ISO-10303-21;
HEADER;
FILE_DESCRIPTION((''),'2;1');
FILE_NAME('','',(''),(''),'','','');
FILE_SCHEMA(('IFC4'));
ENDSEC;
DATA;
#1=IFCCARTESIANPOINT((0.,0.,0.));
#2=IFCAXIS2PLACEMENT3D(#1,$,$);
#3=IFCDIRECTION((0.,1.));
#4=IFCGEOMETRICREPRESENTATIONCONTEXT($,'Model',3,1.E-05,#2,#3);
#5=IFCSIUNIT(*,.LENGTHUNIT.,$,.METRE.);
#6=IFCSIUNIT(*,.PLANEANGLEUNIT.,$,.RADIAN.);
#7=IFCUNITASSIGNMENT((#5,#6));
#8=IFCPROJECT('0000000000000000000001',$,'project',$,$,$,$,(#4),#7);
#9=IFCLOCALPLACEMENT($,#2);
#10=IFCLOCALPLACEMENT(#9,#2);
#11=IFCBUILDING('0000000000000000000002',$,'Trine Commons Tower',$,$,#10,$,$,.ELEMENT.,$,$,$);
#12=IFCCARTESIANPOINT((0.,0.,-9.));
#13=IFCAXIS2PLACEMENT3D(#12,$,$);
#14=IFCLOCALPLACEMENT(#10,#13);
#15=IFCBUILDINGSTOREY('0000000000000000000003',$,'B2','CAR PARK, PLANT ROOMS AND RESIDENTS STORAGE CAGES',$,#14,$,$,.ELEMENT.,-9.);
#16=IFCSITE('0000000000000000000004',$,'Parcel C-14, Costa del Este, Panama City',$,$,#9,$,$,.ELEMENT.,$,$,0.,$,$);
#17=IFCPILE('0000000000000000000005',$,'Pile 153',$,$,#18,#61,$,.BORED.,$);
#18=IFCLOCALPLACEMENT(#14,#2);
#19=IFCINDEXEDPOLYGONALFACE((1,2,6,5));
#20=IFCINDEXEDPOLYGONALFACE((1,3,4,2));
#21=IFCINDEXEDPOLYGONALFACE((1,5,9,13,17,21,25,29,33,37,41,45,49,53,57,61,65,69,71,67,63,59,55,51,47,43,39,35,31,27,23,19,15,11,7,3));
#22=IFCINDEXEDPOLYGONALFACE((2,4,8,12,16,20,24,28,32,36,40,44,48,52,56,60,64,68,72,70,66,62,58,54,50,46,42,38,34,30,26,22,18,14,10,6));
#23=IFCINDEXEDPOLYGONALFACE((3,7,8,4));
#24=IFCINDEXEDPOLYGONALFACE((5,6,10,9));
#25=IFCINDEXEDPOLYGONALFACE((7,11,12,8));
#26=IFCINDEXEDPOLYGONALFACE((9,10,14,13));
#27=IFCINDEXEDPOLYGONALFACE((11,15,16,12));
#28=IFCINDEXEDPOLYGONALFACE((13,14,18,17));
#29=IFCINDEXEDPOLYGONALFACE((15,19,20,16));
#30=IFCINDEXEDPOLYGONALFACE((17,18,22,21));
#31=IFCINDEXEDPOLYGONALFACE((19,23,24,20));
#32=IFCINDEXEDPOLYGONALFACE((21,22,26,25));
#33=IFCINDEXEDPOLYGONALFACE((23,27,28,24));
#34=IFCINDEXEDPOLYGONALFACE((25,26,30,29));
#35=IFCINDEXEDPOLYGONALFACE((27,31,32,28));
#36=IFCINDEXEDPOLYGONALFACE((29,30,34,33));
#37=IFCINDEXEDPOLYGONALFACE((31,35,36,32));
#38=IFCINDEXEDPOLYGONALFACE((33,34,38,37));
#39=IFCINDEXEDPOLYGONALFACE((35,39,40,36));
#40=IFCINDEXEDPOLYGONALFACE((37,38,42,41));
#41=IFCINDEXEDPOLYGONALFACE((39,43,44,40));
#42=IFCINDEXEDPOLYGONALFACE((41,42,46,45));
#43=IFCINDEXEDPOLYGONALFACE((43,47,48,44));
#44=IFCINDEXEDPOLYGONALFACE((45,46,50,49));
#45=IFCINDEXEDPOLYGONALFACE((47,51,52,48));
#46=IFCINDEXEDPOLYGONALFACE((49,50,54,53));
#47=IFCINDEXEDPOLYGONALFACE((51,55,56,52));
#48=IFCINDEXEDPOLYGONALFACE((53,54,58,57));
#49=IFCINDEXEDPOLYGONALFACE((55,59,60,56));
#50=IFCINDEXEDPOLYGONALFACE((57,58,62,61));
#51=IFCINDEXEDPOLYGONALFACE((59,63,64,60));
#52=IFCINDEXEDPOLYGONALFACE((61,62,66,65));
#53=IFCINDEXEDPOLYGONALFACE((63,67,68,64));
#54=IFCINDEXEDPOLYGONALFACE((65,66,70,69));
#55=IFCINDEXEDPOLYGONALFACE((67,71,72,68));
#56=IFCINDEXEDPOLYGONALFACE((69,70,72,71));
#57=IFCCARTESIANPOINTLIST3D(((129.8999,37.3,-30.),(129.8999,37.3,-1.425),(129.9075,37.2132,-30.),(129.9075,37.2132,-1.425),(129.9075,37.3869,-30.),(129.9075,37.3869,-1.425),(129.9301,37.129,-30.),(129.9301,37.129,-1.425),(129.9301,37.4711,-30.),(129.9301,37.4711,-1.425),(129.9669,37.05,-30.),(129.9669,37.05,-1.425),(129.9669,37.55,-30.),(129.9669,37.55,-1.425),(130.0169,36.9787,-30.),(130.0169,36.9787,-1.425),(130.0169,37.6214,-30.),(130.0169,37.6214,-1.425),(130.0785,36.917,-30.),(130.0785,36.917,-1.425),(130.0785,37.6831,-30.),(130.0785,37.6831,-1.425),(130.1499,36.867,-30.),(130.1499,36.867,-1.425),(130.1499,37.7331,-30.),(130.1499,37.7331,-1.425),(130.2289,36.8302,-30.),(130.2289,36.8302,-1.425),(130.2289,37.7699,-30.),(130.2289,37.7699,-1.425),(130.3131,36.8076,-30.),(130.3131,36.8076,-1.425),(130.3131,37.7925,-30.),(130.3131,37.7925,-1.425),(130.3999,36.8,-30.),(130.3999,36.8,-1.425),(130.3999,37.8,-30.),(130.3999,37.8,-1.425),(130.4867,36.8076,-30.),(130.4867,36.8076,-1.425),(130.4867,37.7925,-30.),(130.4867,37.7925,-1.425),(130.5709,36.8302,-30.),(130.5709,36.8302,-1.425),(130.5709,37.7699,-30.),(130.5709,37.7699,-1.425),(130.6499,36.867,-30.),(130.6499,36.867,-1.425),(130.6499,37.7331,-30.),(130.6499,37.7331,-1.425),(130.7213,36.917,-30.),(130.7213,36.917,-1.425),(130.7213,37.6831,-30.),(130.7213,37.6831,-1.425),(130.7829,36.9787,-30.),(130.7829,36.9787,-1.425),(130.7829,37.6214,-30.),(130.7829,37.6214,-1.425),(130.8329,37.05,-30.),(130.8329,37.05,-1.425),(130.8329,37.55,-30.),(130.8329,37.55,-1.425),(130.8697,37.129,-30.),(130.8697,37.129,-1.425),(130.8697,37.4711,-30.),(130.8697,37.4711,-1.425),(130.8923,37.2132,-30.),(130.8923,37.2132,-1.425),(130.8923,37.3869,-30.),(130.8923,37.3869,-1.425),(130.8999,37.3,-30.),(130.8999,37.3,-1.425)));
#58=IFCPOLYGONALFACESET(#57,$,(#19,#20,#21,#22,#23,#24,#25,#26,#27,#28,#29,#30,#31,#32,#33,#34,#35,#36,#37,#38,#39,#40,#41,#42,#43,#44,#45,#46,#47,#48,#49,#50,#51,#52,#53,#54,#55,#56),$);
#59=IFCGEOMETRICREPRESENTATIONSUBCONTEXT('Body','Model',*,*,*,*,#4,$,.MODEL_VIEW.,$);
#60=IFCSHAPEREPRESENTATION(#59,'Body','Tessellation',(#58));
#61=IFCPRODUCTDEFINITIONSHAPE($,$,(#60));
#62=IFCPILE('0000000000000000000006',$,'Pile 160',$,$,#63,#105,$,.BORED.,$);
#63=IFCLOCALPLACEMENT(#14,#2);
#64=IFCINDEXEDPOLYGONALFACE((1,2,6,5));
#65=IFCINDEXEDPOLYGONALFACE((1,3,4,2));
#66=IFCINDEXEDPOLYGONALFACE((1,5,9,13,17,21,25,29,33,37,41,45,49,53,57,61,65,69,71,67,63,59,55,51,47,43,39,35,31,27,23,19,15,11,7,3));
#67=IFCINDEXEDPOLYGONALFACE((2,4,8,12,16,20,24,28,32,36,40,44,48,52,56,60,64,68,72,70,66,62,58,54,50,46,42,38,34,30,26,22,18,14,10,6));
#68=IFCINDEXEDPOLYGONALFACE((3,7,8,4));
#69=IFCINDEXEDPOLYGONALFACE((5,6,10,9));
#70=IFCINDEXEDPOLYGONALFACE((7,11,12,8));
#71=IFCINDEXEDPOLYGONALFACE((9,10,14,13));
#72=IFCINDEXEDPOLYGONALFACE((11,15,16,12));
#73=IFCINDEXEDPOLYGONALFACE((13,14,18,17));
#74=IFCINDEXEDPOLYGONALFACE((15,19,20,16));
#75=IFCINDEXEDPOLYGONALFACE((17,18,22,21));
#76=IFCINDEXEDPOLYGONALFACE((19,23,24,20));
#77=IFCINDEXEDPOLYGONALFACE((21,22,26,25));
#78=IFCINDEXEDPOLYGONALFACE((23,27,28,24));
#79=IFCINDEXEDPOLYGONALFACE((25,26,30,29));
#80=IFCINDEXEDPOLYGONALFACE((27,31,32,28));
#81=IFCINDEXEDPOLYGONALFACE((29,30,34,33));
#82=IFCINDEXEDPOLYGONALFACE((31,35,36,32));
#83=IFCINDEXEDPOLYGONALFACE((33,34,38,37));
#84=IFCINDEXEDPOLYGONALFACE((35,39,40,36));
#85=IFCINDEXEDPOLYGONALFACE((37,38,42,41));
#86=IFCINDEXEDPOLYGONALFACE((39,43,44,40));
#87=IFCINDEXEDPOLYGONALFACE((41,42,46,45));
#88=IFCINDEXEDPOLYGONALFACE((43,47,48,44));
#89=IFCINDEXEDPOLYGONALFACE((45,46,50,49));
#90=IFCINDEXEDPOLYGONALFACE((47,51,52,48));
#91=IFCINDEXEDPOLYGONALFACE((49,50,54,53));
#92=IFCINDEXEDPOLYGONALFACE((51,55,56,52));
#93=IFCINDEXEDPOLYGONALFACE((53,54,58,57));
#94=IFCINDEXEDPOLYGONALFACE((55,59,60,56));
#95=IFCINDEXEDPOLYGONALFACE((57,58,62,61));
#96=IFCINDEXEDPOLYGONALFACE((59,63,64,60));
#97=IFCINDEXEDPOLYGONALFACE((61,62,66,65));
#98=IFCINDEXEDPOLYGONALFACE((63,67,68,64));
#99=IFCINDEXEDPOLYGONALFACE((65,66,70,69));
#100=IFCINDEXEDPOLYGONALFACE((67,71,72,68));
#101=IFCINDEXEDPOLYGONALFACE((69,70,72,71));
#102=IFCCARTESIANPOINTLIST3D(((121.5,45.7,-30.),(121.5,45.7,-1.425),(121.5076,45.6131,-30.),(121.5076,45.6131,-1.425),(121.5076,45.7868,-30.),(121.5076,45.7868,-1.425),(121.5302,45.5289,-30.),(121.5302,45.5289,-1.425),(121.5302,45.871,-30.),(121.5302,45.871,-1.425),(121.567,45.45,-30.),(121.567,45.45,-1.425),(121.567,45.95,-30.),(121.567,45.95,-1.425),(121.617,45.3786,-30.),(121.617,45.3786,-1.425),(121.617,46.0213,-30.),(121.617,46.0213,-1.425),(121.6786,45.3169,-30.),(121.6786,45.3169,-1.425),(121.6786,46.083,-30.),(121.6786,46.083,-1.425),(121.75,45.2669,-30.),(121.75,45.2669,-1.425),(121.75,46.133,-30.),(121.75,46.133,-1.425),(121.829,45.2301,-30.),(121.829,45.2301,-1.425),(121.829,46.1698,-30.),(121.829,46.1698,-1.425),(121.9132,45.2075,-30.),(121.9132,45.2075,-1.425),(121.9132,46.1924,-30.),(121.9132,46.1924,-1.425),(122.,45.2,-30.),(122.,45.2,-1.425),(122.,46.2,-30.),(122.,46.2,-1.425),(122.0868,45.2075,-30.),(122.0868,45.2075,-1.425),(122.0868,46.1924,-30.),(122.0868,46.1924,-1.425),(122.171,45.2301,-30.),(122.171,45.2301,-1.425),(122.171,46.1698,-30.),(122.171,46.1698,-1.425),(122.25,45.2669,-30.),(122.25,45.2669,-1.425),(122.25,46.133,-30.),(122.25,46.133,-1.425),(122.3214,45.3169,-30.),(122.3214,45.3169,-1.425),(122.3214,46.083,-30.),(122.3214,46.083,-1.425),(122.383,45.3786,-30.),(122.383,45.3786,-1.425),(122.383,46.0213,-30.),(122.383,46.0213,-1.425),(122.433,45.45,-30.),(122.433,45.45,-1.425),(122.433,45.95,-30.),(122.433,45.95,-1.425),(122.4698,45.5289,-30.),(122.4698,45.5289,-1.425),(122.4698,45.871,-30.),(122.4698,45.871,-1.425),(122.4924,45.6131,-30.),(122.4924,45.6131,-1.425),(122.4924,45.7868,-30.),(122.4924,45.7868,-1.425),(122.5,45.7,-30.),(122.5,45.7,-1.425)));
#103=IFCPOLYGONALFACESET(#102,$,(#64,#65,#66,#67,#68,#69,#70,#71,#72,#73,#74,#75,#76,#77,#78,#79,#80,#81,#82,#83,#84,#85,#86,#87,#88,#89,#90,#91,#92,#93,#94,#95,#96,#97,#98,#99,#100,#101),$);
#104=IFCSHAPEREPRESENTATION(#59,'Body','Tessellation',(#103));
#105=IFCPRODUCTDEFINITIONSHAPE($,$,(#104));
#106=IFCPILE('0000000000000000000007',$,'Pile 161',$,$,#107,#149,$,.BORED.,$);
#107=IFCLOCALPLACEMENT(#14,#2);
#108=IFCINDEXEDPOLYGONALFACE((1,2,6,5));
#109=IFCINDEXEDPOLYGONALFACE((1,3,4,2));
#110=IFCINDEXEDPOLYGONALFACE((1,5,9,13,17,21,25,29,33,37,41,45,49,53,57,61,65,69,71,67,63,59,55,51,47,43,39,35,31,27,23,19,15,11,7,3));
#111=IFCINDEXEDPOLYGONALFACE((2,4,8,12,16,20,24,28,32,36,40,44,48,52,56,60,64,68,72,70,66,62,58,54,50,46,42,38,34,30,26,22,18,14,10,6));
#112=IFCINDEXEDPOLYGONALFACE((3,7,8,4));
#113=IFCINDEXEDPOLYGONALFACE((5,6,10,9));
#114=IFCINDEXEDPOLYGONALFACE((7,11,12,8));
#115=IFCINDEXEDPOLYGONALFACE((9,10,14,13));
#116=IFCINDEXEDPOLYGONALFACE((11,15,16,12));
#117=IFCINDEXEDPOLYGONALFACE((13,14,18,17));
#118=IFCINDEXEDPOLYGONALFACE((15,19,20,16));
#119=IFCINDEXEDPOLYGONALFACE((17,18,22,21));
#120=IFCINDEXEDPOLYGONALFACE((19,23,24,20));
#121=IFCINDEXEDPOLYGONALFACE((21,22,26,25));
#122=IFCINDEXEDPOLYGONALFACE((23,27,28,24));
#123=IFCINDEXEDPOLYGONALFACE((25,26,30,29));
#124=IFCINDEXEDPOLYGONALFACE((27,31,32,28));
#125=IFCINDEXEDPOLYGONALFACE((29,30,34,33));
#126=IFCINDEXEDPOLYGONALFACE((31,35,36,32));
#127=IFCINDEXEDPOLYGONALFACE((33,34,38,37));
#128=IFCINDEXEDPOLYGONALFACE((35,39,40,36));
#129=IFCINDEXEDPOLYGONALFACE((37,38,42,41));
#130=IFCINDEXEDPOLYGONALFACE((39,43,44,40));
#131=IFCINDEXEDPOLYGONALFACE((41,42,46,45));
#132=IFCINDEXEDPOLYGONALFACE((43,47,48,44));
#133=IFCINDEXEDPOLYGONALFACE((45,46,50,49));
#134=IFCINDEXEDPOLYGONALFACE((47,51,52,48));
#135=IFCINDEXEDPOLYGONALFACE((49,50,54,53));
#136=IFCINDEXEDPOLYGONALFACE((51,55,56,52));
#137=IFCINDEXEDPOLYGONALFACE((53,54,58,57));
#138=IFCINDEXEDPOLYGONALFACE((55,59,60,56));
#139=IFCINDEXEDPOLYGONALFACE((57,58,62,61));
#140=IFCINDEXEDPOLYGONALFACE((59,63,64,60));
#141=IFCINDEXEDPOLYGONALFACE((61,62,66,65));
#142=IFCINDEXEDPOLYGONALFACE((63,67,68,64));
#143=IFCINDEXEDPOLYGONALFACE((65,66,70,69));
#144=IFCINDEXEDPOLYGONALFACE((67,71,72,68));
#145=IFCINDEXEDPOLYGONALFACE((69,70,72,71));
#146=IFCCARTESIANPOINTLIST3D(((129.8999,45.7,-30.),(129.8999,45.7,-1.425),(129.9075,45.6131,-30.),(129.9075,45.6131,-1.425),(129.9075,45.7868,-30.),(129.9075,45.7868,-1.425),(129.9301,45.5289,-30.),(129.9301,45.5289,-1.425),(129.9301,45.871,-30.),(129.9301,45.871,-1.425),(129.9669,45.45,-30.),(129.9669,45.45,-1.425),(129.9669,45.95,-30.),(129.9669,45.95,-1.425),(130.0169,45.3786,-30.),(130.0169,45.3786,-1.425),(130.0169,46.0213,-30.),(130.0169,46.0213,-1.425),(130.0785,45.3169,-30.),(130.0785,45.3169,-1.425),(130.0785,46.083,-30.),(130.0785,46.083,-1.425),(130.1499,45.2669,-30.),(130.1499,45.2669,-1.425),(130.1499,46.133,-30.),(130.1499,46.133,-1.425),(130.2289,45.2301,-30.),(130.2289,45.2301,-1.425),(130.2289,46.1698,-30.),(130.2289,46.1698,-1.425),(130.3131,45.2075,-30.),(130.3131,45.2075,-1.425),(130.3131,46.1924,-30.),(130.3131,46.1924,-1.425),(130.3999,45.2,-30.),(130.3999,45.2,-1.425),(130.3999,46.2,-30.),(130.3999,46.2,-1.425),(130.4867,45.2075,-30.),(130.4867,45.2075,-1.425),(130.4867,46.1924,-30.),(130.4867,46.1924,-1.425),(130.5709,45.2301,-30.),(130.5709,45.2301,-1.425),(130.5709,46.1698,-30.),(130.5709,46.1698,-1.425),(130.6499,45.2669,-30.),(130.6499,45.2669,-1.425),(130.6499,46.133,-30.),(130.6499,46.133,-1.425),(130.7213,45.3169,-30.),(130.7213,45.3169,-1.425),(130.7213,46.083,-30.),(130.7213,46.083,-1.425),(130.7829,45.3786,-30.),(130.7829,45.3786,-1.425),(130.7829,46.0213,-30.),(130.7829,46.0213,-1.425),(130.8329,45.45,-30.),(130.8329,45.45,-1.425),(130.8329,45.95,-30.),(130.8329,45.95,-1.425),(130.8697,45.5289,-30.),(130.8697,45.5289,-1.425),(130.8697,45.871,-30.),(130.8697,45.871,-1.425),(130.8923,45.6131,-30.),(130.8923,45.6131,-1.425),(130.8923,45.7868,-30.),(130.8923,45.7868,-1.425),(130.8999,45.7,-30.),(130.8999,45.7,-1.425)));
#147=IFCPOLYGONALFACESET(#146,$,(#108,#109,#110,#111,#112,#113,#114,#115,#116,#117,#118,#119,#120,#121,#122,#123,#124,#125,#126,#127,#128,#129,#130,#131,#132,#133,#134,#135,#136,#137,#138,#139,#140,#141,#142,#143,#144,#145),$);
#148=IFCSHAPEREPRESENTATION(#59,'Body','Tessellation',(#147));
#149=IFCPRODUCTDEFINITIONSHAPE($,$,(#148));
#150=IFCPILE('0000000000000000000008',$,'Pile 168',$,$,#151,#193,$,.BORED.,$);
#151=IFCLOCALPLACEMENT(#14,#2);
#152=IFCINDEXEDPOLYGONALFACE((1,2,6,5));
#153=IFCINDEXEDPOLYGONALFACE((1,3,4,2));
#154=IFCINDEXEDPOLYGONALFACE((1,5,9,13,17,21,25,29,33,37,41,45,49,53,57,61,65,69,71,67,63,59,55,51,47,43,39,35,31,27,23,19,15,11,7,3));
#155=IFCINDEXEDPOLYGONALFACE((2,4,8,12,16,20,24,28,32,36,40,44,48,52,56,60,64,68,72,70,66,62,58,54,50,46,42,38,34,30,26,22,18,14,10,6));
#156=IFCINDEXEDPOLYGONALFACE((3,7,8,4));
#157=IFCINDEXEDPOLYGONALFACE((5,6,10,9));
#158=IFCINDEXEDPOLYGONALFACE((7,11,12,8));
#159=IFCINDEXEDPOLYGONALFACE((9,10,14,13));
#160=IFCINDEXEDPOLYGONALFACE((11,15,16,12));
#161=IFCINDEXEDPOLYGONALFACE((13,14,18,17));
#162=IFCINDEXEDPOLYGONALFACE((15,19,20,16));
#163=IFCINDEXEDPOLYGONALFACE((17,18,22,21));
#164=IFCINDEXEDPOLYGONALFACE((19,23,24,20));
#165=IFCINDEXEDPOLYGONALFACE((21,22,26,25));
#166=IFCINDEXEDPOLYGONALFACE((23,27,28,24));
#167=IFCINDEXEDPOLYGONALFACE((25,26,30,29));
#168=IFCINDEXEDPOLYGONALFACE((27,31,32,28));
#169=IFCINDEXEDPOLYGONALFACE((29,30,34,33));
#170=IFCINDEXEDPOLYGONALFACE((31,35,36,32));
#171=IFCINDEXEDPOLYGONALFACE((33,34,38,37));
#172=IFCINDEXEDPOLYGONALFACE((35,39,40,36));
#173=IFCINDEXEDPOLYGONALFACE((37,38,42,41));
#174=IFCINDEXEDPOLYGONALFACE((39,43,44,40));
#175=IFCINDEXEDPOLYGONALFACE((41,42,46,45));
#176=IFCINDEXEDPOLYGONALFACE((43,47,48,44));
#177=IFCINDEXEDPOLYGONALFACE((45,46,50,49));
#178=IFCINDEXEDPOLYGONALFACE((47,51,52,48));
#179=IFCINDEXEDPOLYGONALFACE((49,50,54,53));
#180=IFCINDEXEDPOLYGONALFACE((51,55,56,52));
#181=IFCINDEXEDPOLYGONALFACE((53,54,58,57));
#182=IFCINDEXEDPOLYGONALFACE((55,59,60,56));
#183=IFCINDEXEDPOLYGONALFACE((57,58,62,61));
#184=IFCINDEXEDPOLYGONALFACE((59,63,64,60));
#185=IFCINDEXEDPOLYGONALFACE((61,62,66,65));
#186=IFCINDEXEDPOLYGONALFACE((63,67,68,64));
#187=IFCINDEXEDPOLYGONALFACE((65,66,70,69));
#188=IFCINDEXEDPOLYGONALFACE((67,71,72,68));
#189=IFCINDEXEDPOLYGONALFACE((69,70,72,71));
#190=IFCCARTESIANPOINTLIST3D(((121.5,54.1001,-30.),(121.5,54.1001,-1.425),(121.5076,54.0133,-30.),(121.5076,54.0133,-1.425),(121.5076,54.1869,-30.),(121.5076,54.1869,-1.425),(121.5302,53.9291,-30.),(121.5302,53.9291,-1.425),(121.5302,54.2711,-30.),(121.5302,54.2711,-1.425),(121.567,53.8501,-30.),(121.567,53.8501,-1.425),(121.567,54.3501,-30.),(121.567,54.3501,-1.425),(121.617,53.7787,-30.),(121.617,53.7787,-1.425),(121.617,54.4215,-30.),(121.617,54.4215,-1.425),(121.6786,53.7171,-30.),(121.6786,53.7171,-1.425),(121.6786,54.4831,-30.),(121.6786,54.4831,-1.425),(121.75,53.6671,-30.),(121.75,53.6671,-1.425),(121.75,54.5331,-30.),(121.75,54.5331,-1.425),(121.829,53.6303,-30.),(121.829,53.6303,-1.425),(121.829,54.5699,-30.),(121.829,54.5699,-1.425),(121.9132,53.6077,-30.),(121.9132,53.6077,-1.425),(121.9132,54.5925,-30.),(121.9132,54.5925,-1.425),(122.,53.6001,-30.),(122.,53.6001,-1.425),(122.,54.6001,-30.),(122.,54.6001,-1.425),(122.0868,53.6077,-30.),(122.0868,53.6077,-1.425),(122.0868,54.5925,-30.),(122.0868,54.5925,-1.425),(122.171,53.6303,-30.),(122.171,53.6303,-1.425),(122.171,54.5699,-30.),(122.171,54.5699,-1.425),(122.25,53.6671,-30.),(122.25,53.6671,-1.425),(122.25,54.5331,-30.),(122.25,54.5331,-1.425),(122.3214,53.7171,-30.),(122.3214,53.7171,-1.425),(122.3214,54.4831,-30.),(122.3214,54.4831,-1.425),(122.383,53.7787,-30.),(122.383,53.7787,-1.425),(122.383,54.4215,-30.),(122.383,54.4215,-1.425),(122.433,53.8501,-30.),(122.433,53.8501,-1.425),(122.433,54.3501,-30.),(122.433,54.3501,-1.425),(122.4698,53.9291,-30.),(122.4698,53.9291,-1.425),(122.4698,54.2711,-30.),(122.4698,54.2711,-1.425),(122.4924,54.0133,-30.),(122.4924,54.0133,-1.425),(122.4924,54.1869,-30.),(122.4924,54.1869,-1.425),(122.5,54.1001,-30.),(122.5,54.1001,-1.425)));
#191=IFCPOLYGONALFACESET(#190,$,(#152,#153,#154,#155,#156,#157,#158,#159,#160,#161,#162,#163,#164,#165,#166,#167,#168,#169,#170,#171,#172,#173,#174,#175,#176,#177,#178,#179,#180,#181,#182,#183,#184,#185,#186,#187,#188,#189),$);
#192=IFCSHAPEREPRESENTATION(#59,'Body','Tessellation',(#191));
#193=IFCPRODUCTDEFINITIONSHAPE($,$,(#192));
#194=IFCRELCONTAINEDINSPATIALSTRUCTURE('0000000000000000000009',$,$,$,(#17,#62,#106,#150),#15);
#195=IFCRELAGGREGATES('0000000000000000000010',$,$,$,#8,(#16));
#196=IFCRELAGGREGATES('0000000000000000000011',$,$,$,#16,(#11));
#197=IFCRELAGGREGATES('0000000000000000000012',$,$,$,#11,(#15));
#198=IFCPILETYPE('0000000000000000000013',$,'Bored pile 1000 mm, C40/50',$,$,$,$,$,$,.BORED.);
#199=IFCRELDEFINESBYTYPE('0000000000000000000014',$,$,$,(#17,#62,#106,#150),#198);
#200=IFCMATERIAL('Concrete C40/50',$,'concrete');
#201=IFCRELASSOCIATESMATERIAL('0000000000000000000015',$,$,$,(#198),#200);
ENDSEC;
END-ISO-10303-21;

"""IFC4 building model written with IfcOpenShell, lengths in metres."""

from ifc_helpers import new_model, si_unit, direction, frame, origin, origin_2d, place, context, subcontext, project, spatial, circle, extrude, material, type_object, element, save


model = new_model("IFC4")

# Units and contexts
model_context = context("Model", 3, precision=1e-05, world=origin(), true_north=direction((0.0, 1.0)))
body_context = subcontext(model_context, "Body", "Model", "MODEL_VIEW")
ifc_project = project(units=[si_unit("LENGTHUNIT", "METRE"), si_unit("PLANEANGLEUNIT", "RADIAN")], contexts=[model_context])

# Site, building, storey
site_placement = place(None, origin())
site = spatial("IfcSite", under=ifc_project, at=site_placement, Name="Parcel C-14, Costa del Este, Panama City", CompositionType="ELEMENT", RefElevation=0.0)
building_placement = place(site_placement, origin())
building = spatial("IfcBuilding", under=site, at=building_placement, Name="Trine Commons Tower", CompositionType="ELEMENT")
storey_placement = place(building_placement, frame((0.0, 0.0, -9.0)))
storey = spatial("IfcBuildingStorey", under=building, at=storey_placement, Name="B2", Description="CAR PARK, PLANT ROOMS AND RESIDENTS STORAGE CAGES", CompositionType="ELEMENT", Elevation=-9.0)

# Piles
ifc_material_1 = material(Name="Concrete C40/50", Category="concrete")
pile_type_1 = type_object("IfcPileType", Name="Bored pile 1000 mm, C40/50", PredefinedType="BORED", material=ifc_material_1)
for number, where, z_axis, x_axis, name in (
    (1, (130.3999, 37.3, -1.425), (0.0, 0.0, -1.0), (1.0, 0.0, 0.0), "Pile 153"),
    (2, (122.0, 45.7, -1.425), (0.0, 0.0, -1.0), (1.0, 0.0, 0.0), "Pile 160"),
    (3, (130.3999, 45.7, -1.425), (0.0, 0.0, -1.0), (1.0, 0.0, 0.0), "Pile 161"),
    (4, (122.0, 54.1001, -1.425), (0.0, 0.0, -1.0), (1.0, 0.0, 0.0), "Pile 168"),
):
    element("IfcPile", number, at=place(storey_placement, frame(where, z_axis=z_axis, x_axis=x_axis)), inside=storey, type_object=pile_type_1, Name=name, PredefinedType="BORED", context=body_context, shape_type="SweptSolid", body=[
        extrude(circle(Radius=0.5, at=origin_2d()), origin(), (0.0, 0.0, 1.0), 28.575),
    ])

save(model, "model.ifc")
